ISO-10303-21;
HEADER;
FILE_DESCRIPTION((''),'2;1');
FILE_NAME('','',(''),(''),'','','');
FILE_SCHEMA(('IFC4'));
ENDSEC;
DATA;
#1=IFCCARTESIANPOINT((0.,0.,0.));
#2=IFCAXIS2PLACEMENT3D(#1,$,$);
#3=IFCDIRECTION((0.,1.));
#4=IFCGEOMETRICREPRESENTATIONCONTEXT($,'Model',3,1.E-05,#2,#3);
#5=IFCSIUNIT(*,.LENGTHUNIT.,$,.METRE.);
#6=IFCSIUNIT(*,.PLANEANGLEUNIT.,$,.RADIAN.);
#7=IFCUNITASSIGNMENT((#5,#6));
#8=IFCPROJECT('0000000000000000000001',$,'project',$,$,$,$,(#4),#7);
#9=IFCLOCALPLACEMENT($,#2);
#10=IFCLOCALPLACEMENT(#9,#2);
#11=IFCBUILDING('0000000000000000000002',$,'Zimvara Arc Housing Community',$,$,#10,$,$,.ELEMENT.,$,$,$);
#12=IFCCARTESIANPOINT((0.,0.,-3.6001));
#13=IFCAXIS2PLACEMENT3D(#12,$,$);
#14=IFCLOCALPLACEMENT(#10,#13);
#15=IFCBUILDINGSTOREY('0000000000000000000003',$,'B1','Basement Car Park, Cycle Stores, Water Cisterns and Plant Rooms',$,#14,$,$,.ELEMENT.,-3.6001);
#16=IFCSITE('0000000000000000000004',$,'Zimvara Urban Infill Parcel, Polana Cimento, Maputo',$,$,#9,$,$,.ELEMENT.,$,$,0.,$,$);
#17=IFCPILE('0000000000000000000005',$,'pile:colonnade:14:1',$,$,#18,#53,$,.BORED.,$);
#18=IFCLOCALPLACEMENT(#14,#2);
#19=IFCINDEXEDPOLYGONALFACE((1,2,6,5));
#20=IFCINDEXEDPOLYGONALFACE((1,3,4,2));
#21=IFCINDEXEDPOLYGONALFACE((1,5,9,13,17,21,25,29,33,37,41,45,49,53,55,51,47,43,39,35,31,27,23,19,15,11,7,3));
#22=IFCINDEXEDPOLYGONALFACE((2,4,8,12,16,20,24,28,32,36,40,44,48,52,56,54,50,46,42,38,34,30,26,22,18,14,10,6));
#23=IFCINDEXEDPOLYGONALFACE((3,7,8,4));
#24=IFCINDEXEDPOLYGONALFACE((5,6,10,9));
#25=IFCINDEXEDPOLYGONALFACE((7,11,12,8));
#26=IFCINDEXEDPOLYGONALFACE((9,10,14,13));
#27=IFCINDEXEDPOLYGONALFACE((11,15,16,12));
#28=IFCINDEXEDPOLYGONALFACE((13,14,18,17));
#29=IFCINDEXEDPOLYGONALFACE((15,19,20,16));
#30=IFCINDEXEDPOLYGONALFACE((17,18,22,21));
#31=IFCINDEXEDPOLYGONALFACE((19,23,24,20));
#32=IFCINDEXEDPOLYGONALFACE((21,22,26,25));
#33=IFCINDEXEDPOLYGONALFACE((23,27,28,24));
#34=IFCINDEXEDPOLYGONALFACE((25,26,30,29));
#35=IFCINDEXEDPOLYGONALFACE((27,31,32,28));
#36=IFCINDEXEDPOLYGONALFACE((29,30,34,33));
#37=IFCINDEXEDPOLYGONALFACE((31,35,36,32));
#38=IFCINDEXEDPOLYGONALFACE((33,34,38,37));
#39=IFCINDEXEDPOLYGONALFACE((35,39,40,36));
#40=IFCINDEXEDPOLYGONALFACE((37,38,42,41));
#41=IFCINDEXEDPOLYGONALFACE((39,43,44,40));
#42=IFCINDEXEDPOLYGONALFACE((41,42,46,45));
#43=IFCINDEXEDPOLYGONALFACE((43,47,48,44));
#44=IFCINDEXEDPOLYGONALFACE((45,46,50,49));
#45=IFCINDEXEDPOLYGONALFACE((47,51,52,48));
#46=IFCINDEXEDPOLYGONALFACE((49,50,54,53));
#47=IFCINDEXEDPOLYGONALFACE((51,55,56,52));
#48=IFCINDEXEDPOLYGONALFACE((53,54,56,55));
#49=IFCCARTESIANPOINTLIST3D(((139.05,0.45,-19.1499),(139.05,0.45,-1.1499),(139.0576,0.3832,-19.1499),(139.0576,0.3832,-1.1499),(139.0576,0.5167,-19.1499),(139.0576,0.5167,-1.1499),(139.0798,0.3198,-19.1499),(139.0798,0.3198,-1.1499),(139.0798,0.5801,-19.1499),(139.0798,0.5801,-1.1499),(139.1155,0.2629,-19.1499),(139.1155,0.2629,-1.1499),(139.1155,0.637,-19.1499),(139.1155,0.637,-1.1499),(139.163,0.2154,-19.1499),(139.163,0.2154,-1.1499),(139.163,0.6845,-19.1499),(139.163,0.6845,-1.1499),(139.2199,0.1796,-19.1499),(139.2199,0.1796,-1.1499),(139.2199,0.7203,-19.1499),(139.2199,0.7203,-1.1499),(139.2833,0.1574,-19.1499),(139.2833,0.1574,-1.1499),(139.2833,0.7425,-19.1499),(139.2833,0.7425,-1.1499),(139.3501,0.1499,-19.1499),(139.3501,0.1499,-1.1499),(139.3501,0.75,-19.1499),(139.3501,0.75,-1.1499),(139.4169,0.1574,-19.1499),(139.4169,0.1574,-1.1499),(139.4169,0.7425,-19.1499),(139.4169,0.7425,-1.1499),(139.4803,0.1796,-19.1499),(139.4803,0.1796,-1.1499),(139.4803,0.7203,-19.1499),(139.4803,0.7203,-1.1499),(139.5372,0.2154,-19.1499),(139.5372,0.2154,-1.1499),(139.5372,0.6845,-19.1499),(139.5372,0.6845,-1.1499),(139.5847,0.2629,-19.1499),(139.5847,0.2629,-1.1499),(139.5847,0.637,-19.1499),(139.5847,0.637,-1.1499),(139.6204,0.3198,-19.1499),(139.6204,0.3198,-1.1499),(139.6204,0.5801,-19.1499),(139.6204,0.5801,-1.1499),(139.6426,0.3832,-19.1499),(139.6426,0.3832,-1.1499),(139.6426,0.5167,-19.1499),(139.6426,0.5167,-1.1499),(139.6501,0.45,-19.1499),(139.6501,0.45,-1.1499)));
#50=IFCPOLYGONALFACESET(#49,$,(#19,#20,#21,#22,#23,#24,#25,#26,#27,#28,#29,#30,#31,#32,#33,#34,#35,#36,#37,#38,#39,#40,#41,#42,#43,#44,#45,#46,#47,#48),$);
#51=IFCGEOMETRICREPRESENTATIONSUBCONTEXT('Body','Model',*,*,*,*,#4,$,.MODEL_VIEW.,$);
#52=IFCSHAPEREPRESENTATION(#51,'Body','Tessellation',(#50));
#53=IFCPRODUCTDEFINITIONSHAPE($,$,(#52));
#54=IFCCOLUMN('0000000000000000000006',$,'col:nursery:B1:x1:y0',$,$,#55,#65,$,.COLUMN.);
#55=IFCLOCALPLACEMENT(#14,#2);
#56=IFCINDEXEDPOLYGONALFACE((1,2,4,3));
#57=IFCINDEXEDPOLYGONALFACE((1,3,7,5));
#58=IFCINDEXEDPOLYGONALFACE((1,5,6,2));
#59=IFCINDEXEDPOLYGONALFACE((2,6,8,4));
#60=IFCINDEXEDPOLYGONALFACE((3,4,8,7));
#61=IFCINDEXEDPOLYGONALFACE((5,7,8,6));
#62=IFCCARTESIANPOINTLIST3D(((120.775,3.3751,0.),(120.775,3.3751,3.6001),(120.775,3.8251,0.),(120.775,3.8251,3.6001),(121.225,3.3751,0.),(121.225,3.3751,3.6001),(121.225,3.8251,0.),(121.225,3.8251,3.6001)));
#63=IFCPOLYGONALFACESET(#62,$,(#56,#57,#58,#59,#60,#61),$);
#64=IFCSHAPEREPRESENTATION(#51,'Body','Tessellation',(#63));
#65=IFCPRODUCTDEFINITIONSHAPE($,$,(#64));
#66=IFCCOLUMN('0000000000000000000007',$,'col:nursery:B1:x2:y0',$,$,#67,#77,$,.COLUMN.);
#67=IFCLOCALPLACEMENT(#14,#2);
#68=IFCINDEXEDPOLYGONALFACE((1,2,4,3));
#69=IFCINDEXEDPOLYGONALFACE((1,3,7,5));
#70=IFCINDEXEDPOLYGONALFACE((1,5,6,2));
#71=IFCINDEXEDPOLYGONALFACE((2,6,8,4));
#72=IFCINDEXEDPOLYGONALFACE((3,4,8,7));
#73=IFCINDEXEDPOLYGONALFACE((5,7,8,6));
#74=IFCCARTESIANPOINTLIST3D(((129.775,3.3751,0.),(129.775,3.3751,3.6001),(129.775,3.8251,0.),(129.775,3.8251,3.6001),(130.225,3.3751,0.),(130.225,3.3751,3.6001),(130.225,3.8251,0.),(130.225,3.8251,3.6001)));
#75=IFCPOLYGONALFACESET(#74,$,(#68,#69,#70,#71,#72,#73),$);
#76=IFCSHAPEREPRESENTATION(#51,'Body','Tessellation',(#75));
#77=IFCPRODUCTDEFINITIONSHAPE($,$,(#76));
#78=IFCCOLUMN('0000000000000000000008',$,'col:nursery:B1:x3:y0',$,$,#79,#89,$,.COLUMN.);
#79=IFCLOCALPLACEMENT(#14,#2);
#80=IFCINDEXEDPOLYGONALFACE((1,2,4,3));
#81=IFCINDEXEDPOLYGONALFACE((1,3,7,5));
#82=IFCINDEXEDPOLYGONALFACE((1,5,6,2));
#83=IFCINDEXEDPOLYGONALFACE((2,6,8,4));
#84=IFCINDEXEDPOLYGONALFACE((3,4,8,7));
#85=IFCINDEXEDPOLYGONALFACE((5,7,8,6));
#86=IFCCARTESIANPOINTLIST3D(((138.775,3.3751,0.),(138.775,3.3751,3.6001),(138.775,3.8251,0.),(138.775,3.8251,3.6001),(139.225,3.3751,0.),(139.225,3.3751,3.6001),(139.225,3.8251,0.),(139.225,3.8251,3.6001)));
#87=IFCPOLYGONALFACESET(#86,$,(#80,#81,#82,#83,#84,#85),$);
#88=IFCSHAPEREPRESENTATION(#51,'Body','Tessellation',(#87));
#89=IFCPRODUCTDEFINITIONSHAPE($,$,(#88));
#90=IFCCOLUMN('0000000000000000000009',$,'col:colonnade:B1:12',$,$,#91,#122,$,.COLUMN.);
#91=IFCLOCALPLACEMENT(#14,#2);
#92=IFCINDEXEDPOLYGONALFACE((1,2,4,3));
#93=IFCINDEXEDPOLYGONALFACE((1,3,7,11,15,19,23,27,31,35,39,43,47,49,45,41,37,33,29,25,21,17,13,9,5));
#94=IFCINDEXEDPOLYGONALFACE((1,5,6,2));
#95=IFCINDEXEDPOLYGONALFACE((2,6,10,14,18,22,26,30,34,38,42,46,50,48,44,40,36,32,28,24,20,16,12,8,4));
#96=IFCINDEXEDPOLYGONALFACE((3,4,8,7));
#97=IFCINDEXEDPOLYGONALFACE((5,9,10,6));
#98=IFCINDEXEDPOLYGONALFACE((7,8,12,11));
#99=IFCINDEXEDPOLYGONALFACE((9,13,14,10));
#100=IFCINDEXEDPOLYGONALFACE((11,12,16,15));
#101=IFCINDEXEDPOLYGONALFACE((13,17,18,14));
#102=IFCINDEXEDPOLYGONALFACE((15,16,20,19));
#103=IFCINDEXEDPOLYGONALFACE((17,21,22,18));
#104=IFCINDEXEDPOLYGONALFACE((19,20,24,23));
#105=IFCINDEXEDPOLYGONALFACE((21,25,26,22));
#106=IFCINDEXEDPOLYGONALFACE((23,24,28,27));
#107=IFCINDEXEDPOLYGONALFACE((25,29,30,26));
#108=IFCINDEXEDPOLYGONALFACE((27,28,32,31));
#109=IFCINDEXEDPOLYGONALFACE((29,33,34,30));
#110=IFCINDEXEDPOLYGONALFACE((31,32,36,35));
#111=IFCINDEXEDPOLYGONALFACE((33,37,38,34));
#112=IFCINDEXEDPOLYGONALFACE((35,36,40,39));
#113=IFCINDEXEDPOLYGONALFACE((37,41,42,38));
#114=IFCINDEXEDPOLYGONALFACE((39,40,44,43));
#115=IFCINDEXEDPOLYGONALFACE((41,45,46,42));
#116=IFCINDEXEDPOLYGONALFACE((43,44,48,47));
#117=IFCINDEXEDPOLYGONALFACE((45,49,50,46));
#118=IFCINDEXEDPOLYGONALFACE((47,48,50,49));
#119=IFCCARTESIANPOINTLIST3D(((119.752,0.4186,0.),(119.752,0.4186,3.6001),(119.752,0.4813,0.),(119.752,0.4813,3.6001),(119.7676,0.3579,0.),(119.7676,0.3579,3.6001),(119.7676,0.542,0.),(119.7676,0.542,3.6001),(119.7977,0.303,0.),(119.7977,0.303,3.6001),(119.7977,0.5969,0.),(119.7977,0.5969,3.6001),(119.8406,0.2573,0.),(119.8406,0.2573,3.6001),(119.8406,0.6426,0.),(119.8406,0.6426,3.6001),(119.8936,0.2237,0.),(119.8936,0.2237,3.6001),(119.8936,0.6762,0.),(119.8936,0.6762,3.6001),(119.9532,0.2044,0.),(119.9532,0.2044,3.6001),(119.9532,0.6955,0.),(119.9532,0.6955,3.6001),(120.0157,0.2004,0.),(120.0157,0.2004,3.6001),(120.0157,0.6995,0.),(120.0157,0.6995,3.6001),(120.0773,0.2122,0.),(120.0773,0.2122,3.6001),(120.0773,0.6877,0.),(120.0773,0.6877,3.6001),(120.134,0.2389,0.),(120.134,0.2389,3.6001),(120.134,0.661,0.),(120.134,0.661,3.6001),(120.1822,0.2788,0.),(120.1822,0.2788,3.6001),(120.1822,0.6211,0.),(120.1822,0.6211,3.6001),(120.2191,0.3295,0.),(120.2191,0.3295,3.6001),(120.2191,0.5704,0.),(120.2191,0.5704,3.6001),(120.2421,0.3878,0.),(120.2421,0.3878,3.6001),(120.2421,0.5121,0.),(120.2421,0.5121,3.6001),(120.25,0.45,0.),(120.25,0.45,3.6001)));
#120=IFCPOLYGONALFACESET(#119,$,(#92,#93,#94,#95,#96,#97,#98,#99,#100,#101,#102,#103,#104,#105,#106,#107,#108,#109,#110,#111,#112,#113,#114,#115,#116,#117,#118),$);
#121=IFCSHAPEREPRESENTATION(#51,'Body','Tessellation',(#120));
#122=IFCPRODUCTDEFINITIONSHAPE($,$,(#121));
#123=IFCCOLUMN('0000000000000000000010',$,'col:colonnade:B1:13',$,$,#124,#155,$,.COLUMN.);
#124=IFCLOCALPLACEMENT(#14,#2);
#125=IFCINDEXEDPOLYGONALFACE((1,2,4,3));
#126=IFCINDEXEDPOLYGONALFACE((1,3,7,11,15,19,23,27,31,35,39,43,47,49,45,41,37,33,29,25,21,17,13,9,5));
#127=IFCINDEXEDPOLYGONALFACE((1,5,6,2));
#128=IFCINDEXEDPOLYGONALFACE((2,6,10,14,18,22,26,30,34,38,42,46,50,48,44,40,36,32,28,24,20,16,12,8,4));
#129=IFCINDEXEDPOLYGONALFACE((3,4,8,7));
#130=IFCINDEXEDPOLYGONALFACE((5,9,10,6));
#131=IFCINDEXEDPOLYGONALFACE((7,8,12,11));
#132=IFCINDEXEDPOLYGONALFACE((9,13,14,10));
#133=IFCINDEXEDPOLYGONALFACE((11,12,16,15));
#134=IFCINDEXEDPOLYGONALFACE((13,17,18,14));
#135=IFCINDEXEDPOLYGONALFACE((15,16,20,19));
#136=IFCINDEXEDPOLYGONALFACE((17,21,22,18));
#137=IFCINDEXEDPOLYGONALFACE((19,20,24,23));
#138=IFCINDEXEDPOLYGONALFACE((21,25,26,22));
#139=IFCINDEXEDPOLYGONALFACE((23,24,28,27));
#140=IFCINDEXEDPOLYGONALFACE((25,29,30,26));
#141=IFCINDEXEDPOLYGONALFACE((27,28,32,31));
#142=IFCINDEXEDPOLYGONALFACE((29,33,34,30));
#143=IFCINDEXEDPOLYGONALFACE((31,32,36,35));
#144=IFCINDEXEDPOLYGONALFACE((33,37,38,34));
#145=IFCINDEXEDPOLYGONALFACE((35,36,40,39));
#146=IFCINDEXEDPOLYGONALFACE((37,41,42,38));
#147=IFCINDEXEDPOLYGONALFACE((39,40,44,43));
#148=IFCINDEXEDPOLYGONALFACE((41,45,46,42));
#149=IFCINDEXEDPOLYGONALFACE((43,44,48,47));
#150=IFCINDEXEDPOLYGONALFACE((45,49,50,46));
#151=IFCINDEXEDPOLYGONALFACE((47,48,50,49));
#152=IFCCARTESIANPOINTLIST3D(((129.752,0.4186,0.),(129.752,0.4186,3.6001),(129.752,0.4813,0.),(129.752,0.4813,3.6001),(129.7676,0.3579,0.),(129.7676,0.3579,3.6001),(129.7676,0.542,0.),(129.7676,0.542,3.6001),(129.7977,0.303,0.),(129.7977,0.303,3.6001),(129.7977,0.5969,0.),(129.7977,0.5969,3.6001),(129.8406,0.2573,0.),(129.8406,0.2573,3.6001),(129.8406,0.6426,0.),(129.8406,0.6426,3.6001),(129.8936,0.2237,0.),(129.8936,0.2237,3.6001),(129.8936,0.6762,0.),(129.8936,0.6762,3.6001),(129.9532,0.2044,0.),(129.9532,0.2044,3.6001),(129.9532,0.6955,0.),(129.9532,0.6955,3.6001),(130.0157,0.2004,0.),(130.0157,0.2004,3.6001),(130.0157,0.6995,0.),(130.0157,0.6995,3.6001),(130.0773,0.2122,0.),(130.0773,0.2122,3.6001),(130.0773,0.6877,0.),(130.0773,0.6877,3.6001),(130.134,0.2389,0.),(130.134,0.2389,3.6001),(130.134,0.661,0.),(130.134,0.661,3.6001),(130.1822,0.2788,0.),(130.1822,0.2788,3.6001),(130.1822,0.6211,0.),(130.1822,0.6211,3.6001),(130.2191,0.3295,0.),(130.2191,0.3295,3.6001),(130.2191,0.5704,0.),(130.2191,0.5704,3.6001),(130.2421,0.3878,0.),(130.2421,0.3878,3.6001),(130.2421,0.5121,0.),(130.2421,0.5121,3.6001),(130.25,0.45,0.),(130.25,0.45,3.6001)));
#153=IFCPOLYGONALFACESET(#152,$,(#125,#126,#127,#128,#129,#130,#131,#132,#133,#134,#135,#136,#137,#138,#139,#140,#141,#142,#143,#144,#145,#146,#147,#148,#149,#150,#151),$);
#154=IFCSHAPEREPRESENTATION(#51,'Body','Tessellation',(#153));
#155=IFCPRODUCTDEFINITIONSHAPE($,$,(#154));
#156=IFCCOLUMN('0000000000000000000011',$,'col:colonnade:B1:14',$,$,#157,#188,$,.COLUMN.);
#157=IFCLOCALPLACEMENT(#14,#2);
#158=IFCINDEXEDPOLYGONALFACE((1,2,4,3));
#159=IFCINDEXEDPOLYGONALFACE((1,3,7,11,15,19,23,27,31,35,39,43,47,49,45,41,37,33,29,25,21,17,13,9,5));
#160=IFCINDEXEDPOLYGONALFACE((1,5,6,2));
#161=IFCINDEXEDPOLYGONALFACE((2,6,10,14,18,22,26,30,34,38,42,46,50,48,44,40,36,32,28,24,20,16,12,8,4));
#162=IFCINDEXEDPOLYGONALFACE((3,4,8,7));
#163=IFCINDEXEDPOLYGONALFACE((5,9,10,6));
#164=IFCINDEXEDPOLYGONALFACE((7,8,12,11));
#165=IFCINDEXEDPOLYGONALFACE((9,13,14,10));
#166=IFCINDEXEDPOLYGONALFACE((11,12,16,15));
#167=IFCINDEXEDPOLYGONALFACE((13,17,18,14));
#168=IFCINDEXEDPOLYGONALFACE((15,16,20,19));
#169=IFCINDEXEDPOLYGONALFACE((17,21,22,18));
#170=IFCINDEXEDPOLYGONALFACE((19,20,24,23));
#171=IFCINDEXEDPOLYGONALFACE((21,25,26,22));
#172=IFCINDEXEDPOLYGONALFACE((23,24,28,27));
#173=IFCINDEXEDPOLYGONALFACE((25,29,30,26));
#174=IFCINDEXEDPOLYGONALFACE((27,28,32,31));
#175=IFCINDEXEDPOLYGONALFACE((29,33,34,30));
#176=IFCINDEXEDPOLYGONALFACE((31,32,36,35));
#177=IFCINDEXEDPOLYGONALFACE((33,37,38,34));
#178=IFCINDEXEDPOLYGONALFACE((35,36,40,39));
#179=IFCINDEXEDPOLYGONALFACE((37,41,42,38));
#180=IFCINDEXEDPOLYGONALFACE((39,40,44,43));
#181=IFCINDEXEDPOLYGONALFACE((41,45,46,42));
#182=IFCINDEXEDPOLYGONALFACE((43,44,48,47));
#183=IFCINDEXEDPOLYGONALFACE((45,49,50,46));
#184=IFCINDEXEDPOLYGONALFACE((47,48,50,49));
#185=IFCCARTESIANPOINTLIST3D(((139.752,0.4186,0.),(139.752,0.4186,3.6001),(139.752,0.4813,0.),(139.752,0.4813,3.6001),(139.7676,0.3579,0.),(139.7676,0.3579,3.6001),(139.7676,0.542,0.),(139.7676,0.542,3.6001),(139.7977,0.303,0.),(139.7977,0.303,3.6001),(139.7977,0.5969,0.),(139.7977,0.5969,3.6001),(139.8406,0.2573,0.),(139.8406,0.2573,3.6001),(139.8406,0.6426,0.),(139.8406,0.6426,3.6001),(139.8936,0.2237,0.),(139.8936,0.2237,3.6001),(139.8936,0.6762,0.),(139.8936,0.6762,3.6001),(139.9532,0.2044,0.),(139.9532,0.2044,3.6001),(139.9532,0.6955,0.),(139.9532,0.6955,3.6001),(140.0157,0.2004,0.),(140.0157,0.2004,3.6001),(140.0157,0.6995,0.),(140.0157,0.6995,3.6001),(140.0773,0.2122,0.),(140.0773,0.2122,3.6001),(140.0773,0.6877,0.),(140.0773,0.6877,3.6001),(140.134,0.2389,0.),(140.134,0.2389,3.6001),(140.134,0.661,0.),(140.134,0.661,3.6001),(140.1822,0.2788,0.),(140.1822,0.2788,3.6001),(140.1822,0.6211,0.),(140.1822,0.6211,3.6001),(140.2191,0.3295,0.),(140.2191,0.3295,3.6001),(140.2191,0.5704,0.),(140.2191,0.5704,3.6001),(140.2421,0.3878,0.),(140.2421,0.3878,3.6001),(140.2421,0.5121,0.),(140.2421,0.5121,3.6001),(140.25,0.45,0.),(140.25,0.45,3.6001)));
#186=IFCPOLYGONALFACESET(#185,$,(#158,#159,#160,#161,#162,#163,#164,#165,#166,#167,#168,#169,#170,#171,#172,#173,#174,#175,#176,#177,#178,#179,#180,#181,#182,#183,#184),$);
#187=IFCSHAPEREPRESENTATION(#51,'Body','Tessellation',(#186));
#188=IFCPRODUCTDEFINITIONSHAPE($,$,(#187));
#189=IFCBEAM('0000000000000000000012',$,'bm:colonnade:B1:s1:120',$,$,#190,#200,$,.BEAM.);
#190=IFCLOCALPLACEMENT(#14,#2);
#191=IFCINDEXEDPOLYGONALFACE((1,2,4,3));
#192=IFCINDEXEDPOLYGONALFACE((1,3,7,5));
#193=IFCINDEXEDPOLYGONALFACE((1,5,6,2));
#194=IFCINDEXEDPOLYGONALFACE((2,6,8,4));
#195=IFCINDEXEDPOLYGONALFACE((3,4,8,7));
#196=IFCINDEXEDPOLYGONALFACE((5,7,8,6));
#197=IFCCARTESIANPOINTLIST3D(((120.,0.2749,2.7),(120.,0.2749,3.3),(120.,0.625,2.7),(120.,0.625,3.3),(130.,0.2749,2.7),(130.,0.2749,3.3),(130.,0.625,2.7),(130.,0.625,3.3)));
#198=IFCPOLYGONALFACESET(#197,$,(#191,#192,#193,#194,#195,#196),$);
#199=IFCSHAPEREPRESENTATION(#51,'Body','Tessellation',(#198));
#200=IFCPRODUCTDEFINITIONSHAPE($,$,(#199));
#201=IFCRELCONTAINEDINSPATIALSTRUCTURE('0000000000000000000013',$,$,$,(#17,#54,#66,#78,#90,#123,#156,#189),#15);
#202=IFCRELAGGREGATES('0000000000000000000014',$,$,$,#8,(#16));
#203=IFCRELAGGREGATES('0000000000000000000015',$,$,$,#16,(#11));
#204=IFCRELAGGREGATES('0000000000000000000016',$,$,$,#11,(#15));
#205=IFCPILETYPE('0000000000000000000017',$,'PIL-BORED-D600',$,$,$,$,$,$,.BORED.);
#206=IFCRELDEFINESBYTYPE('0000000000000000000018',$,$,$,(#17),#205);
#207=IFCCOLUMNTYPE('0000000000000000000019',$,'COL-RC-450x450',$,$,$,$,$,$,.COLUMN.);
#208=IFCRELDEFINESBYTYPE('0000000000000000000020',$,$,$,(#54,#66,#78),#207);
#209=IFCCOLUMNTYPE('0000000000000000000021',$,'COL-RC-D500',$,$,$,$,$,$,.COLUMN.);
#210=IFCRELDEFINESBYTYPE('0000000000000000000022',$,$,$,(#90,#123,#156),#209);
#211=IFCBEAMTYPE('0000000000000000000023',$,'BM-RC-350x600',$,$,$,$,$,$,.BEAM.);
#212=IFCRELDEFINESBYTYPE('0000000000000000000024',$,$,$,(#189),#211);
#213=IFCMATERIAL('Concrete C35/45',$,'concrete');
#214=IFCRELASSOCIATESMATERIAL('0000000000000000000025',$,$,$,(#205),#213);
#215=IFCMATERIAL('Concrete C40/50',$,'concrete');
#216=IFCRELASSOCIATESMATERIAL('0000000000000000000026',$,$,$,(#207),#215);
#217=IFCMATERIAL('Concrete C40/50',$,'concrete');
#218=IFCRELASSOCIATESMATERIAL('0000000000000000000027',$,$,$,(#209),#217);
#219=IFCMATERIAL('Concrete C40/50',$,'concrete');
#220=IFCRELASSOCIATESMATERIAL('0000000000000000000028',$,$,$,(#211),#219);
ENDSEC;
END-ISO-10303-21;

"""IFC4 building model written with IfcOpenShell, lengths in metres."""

from ifc_helpers import new_model, si_unit, direction, frame, origin, origin_2d, place, context, subcontext, project, spatial, rectangle, circle, extrude, material, material_profile, profile_set, type_object, element, save


model = new_model("IFC4")

# Units and contexts
model_context = context("Model", 3, precision=1e-05, world=origin(), true_north=direction((0.0, 1.0)))
body_context = subcontext(model_context, "Body", "Model", "MODEL_VIEW")
ifc_project = project(units=[si_unit("LENGTHUNIT", "METRE"), si_unit("PLANEANGLEUNIT", "RADIAN")], contexts=[model_context])

# Site, building, storey
site_placement = place(None, origin())
site = spatial("IfcSite", under=ifc_project, at=site_placement, Name="Zimvara Urban Infill Parcel, Polana Cimento, Maputo", CompositionType="ELEMENT", RefElevation=0.0)
building_placement = place(site_placement, origin())
building = spatial("IfcBuilding", under=site, at=building_placement, Name="Zimvara Arc Housing Community", CompositionType="ELEMENT")
storey_placement = place(building_placement, frame((0.0, 0.0, -3.6001)))
storey = spatial("IfcBuildingStorey", under=building, at=storey_placement, Name="B1", Description="Basement Car Park, Cycle Stores, Water Cisterns and Plant Rooms", CompositionType="ELEMENT", Elevation=-3.6001)

# Pile
ifc_material_1 = material(Name="Concrete C35/45", Category="concrete")
ifc_material_profile_1 = material_profile(ifc_material_1, circle(Radius=0.3, at=origin_2d()), Name="PILE D600")
ifc_profile_set_1 = profile_set([ifc_material_profile_1], Name="Concrete C35/45")
pile_type = type_object("IfcPileType", Name="PIL-BORED-D600", PredefinedType="BORED", material=ifc_profile_set_1)
for number, where, z_axis, x_axis, name in (
    (1, (139.3501, 0.45, -1.1499), (0.0, 0.0, -1.0), (1.0, 0.0, 0.0), "pile:colonnade:14:1"),
):
    element("IfcPile", number, at=place(storey_placement, frame(where, z_axis=z_axis, x_axis=x_axis)), inside=storey, type_object=pile_type, Name=name, PredefinedType="BORED", context=body_context, shape_type="SweptSolid", body=[
        extrude(circle(Radius=0.3, at=origin_2d()), origin(), (0.0, 0.0, 1.0), 18.0),
    ])

# Columns
ifc_material_2 = material(Name="Concrete C40/50", Category="concrete")
ifc_material_profile_2 = material_profile(ifc_material_2, rectangle(XDim=0.45, YDim=0.45, at=origin_2d()), Name="RC 450x450")
ifc_profile_set_2 = profile_set([ifc_material_profile_2], Name="Concrete C40/50")
column_type_1 = type_object("IfcColumnType", Name="COL-RC-450x450", PredefinedType="COLUMN", material=ifc_profile_set_2)
for number, where, z_axis, x_axis, name in (
    (2, (121.0, 3.6001, 0.0), (0.0, 0.0, 1.0), (1.0, 0.0, 0.0), "col:nursery:B1:x1:y0"),
    (3, (130.0, 3.6001, 0.0), (0.0, 0.0, 1.0), (1.0, 0.0, 0.0), "col:nursery:B1:x2:y0"),
    (4, (139.0, 3.6001, 0.0), (0.0, 0.0, 1.0), (1.0, 0.0, 0.0), "col:nursery:B1:x3:y0"),
):
    element("IfcColumn", number, at=place(storey_placement, frame(where, z_axis=z_axis, x_axis=x_axis)), inside=storey, type_object=column_type_1, Name=name, PredefinedType="COLUMN", context=body_context, shape_type="SweptSolid", body=[
        extrude(rectangle(XDim=0.45, YDim=0.45, at=origin_2d()), origin(), (0.0, 0.0, 1.0), 3.6001),
    ])
ifc_material_3 = material(Name="Concrete C40/50", Category="concrete")
ifc_material_profile_3 = material_profile(ifc_material_3, circle(Radius=0.25, at=origin_2d()), Name="RC D500")
ifc_profile_set_3 = profile_set([ifc_material_profile_3], Name="Concrete C40/50")
column_type_2 = type_object("IfcColumnType", Name="COL-RC-D500", PredefinedType="COLUMN", material=ifc_profile_set_3)
for number, where, z_axis, x_axis, name in (
    (5, (120.0, 0.45, 0.0), (0.0, 0.0, 1.0), (1.0, 0.0, 0.0), "col:colonnade:B1:12"),
    (6, (130.0, 0.45, 0.0), (0.0, 0.0, 1.0), (1.0, 0.0, 0.0), "col:colonnade:B1:13"),
    (7, (140.0, 0.45, 0.0), (0.0, 0.0, 1.0), (1.0, 0.0, 0.0), "col:colonnade:B1:14"),
):
    element("IfcColumn", number, at=place(storey_placement, frame(where, z_axis=z_axis, x_axis=x_axis)), inside=storey, type_object=column_type_2, Name=name, PredefinedType="COLUMN", context=body_context, shape_type="SweptSolid", body=[
        extrude(circle(Radius=0.25, at=origin_2d()), origin(), (0.0, 0.0, 1.0), 3.6001),
    ])

# Beam
ifc_material_4 = material(Name="Concrete C40/50", Category="concrete")
ifc_material_profile_4 = material_profile(ifc_material_4, rectangle(XDim=0.3501, YDim=0.6001, at=origin_2d()), Name="RC 350x600")
ifc_profile_set_4 = profile_set([ifc_material_profile_4], Name="Concrete C40/50")
beam_type_1 = type_object("IfcBeamType", Name="BM-RC-350x600", PredefinedType="BEAM", material=ifc_profile_set_4)
for number, where, z_axis, x_axis, name in (
    (8, (120.0, 0.45, 3.0), (1.0, 0.0, 0.0), (0.0, 1.0, 0.0), "bm:colonnade:B1:s1:120"),
):
    element("IfcBeam", number, at=place(storey_placement, frame(where, z_axis=z_axis, x_axis=x_axis)), inside=storey, type_object=beam_type_1, Name=name, PredefinedType="BEAM", context=body_context, shape_type="SweptSolid", body=[
        extrude(rectangle(XDim=0.3501, YDim=0.6001, at=origin_2d()), origin(), (0.0, 0.0, 1.0), 10.0),
    ])

save(model, "model.ifc")
